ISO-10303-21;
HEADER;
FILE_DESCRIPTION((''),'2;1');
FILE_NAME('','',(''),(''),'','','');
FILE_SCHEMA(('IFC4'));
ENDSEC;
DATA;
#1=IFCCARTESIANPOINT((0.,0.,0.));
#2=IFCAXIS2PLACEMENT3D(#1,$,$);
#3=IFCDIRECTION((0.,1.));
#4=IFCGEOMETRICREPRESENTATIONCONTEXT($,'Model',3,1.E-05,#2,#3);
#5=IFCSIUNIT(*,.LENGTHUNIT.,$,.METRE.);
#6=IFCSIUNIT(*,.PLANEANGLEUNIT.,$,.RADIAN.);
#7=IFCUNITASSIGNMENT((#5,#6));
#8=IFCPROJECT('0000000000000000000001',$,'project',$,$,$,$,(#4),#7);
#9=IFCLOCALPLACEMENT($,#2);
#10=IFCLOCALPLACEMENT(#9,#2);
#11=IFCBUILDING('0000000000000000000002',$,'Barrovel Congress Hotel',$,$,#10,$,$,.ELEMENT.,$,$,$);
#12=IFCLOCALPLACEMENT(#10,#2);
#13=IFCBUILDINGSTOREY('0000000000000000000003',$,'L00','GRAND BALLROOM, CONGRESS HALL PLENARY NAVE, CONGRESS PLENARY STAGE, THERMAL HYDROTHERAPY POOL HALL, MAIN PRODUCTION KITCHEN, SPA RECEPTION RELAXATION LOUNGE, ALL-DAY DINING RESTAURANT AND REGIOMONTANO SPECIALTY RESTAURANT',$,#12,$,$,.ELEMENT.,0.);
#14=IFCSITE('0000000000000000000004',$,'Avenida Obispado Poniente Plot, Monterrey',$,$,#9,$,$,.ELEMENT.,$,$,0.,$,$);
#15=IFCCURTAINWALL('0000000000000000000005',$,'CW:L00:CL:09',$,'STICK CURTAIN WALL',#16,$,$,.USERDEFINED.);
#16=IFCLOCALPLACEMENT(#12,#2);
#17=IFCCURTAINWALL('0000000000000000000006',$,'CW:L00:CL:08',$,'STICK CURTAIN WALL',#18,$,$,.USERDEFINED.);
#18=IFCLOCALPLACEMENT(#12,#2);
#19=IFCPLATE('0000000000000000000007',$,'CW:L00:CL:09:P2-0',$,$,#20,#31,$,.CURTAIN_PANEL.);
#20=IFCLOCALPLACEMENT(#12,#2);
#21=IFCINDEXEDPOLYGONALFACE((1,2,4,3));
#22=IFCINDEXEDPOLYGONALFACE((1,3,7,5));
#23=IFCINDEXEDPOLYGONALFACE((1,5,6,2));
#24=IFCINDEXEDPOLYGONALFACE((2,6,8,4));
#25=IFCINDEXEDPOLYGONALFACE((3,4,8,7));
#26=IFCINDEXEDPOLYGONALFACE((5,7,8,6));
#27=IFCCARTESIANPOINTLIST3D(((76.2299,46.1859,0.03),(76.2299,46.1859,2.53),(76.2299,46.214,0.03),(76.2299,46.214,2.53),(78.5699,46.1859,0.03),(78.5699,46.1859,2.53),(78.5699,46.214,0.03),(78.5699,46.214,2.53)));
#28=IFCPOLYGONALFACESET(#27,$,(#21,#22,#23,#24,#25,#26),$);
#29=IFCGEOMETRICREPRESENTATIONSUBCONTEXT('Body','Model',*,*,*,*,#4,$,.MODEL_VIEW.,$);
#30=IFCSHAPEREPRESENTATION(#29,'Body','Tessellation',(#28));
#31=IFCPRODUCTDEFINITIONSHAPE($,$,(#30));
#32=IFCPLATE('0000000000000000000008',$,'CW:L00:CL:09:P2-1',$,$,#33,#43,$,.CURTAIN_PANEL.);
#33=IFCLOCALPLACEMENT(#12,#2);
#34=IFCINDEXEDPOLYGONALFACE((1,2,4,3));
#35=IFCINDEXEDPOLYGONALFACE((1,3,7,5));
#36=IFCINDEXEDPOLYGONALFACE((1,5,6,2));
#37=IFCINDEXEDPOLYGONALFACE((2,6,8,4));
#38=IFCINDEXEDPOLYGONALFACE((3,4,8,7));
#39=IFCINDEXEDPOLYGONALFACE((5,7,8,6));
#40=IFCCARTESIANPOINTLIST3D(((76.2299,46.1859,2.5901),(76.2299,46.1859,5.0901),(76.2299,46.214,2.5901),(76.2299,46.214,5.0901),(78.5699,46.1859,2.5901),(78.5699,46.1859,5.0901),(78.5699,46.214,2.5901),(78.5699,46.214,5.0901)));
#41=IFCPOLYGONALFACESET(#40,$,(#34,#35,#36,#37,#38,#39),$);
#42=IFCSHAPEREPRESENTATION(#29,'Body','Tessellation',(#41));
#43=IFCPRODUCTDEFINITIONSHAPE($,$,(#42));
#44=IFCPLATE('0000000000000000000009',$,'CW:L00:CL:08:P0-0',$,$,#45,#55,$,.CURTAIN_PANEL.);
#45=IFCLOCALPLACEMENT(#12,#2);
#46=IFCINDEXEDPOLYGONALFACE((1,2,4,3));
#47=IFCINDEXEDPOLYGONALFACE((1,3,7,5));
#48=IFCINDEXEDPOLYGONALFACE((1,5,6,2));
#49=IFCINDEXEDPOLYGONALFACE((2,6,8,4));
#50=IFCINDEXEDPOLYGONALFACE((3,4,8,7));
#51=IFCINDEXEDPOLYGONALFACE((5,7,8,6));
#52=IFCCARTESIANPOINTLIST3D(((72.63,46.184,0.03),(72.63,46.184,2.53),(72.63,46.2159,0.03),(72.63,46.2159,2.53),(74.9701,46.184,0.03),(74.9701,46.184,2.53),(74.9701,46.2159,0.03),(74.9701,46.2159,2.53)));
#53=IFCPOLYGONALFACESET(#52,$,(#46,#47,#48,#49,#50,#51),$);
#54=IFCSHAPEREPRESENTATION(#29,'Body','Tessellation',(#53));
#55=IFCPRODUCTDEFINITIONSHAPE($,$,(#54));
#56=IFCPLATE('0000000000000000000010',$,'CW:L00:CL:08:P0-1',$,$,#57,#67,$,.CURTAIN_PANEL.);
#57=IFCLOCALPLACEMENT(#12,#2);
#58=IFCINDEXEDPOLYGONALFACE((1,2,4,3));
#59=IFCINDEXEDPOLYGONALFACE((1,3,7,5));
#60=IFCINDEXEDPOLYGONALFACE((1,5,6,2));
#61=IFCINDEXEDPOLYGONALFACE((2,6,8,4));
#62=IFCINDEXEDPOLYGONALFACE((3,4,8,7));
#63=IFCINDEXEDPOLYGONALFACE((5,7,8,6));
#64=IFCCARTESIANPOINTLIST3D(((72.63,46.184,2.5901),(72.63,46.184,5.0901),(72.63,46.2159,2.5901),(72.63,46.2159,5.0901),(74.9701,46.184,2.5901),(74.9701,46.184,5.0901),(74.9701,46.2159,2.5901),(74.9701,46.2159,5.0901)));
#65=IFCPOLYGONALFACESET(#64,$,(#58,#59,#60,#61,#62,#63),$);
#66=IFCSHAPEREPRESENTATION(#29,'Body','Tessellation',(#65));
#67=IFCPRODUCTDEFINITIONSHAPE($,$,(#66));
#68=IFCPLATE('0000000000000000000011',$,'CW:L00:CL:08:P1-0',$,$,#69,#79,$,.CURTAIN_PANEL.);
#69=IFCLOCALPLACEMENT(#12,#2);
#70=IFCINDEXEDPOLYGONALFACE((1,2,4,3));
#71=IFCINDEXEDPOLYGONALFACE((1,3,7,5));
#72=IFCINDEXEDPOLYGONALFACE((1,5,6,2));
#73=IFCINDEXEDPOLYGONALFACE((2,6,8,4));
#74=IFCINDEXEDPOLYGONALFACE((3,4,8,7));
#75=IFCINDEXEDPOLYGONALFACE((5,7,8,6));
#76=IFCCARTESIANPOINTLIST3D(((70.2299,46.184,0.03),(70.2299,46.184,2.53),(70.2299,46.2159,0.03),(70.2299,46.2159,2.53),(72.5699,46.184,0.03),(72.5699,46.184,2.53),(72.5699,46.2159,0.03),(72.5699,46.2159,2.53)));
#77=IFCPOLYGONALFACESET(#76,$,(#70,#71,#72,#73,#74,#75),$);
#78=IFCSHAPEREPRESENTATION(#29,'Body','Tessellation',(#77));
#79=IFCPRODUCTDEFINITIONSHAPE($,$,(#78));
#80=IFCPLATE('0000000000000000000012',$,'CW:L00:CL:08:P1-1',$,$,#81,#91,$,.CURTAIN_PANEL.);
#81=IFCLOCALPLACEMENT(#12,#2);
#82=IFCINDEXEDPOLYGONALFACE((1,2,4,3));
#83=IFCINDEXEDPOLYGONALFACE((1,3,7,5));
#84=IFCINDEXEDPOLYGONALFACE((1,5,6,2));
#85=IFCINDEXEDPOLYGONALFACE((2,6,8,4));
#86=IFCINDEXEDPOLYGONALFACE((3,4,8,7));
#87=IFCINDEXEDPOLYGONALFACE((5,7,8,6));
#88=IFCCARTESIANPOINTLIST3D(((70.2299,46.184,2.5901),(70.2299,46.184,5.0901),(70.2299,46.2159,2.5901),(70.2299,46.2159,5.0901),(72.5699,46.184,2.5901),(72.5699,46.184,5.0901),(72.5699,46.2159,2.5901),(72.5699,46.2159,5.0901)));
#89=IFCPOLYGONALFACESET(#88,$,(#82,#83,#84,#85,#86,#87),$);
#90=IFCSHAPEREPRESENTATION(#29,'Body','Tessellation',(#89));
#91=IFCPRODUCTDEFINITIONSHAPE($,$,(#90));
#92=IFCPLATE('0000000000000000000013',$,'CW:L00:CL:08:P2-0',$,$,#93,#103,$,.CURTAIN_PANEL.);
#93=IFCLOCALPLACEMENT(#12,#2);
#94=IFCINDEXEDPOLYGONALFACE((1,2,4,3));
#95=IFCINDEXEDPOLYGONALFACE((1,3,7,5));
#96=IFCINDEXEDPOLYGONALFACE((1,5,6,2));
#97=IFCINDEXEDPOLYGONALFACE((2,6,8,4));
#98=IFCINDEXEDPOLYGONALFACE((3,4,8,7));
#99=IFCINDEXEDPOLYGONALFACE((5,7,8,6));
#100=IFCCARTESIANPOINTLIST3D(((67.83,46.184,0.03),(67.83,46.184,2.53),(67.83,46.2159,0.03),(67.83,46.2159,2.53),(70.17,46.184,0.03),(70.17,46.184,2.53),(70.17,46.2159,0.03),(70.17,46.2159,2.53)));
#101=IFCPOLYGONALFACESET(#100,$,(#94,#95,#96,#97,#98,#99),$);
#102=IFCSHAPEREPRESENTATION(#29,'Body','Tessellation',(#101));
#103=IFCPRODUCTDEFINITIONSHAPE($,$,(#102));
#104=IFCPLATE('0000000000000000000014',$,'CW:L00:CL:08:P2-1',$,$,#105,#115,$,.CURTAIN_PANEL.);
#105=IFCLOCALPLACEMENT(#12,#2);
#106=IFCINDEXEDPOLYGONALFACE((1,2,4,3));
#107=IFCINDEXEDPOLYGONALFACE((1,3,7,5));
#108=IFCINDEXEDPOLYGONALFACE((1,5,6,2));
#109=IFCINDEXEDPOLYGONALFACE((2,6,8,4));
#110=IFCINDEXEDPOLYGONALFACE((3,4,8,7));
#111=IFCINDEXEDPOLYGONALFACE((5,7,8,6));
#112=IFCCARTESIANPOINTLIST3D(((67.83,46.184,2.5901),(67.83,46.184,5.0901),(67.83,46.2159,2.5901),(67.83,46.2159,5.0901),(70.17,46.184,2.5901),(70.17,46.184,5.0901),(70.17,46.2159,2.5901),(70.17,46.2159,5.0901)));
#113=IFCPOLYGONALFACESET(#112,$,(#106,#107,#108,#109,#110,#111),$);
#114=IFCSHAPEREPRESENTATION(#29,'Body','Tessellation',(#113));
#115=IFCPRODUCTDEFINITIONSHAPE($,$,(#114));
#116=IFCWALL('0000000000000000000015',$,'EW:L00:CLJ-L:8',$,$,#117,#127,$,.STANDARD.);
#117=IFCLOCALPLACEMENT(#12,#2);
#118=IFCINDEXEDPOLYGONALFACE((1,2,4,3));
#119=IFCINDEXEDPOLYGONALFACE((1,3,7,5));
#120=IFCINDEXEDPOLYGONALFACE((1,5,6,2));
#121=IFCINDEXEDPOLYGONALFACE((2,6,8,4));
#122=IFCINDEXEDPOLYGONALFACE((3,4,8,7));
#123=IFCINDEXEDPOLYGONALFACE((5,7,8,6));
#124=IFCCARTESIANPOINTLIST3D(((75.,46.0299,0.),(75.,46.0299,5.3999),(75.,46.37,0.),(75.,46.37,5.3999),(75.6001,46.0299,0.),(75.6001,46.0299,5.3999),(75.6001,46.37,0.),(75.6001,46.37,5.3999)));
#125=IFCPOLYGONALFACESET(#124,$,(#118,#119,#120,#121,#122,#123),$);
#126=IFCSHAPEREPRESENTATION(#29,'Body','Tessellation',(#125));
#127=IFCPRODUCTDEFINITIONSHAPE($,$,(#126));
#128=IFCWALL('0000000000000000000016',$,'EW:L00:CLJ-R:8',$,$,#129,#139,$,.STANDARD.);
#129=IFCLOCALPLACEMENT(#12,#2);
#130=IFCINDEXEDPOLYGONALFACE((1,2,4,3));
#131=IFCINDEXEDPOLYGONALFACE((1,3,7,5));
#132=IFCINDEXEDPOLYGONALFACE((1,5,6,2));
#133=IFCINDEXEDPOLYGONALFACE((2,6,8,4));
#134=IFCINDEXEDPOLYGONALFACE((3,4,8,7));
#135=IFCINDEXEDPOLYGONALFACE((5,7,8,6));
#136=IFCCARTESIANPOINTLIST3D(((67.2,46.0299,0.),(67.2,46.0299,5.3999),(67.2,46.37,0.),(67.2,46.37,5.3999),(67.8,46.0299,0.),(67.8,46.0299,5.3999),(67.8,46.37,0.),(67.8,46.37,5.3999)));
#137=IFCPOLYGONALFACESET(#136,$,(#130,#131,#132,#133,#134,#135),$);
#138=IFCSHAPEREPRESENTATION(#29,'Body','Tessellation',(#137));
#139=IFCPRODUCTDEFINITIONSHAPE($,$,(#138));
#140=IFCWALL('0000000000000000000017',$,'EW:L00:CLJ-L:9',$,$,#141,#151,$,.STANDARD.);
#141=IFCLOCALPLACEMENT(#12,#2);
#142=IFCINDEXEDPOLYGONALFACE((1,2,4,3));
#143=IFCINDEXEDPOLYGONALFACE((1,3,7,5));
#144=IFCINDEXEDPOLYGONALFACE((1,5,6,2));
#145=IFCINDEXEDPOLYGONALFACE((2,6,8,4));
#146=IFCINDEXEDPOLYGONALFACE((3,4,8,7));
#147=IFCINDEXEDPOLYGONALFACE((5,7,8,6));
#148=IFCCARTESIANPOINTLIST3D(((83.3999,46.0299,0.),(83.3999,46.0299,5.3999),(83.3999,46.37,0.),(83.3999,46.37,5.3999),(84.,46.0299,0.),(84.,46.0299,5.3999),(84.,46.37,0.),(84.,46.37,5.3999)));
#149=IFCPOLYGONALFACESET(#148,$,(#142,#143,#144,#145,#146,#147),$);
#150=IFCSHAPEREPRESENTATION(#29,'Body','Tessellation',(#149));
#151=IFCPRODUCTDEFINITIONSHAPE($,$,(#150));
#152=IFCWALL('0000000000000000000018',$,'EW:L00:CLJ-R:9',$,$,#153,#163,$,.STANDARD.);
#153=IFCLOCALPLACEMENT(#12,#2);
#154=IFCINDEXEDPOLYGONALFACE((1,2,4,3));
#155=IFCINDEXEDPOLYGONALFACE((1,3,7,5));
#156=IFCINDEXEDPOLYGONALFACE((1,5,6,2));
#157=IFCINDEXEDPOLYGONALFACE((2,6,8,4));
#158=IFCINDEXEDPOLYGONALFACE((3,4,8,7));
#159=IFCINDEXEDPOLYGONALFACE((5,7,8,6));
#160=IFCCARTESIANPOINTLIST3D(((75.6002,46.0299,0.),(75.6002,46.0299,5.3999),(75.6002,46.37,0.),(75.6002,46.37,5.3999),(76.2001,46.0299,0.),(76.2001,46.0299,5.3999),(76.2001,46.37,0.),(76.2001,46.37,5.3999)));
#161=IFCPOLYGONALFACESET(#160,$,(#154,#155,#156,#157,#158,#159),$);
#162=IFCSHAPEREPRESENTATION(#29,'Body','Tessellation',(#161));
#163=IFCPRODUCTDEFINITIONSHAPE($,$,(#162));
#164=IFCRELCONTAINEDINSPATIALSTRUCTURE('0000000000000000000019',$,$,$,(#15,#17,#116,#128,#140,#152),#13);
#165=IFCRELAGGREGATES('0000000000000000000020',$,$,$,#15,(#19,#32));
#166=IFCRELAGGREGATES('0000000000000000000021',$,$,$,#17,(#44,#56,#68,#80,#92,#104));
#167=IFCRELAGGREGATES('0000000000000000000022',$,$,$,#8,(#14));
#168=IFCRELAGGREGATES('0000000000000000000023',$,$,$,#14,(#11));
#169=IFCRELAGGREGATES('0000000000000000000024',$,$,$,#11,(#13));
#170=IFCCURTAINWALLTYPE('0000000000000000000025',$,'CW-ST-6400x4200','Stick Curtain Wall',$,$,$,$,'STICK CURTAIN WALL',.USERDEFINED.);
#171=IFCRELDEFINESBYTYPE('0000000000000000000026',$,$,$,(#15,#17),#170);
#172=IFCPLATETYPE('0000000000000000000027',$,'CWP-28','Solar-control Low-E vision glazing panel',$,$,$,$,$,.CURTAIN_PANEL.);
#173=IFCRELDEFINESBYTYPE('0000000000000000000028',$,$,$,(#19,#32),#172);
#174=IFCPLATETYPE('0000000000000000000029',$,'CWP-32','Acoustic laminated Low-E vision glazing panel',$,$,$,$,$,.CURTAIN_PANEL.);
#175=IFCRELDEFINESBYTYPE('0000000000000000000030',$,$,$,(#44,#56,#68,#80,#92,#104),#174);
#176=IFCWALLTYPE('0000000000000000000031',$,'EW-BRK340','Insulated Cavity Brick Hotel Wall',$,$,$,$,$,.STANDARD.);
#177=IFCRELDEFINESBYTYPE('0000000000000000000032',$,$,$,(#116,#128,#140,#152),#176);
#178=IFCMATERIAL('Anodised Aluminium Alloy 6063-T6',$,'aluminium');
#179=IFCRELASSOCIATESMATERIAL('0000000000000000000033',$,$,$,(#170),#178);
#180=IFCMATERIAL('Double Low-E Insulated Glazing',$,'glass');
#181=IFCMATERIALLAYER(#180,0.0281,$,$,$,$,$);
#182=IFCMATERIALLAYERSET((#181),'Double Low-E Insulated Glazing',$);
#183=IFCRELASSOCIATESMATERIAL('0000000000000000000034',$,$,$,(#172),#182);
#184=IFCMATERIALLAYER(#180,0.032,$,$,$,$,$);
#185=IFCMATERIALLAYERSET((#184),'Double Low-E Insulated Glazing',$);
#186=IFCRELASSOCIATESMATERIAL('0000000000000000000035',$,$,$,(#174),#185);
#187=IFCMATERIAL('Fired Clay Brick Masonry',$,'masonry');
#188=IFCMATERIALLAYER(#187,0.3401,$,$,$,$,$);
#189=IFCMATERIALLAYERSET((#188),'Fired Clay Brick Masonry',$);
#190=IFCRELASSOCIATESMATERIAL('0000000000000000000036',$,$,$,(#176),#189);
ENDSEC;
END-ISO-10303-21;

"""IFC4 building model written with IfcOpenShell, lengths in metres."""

from ifc_helpers import new_model, si_unit, direction, frame, frame_2d, origin, origin_2d, place, context, subcontext, project, spatial, rectangle, extrude, material, layer, layer_set, type_object, element, aggregate, save


model = new_model("IFC4")

# Units and contexts
model_context = context("Model", 3, precision=1e-05, world=origin(), true_north=direction((0.0, 1.0)))
body_context = subcontext(model_context, "Body", "Model", "MODEL_VIEW")
ifc_project = project(units=[si_unit("LENGTHUNIT", "METRE"), si_unit("PLANEANGLEUNIT", "RADIAN")], contexts=[model_context])

# Site, building, storey
site_placement = place(None, origin())
site = spatial("IfcSite", under=ifc_project, at=site_placement, Name="Avenida Obispado Poniente Plot, Monterrey", CompositionType="ELEMENT", RefElevation=0.0)
building_placement = place(site_placement, origin())
building = spatial("IfcBuilding", under=site, at=building_placement, Name="Barrovel Congress Hotel", CompositionType="ELEMENT")
storey_placement = place(building_placement, origin())
storey = spatial("IfcBuildingStorey", under=building, at=storey_placement, Name="L00", Description="GRAND BALLROOM, CONGRESS HALL PLENARY NAVE, CONGRESS PLENARY STAGE, THERMAL HYDROTHERAPY POOL HALL, MAIN PRODUCTION KITCHEN, SPA RECEPTION RELAXATION LOUNGE, ALL-DAY DINING RESTAURANT AND REGIOMONTANO SPECIALTY RESTAURANT", CompositionType="ELEMENT", Elevation=0.0)

# Curtain walls
ifc_material_1 = material(Name="Anodised Aluminium Alloy 6063-T6", Category="aluminium")
curtain_wall_type = type_object("IfcCurtainWallType", Name="CW-ST-6400x4200", Description="Stick Curtain Wall", ElementType="STICK CURTAIN WALL", PredefinedType="USERDEFINED", material=ifc_material_1)
curtain_wall_1_placement = place(storey_placement, origin())
curtain_wall_1 = element("IfcCurtainWall", 1, at=curtain_wall_1_placement, inside=storey, type_object=curtain_wall_type, Name="CW:L00:CL:09", ObjectType="STICK CURTAIN WALL", PredefinedType="USERDEFINED")
curtain_wall_2_placement = place(storey_placement, origin())
curtain_wall_2 = element("IfcCurtainWall", 2, at=curtain_wall_2_placement, inside=storey, type_object=curtain_wall_type, Name="CW:L00:CL:08", ObjectType="STICK CURTAIN WALL", PredefinedType="USERDEFINED")

# Plates
ifc_material_2 = material(Name="Double Low-E Insulated Glazing", Category="glass")
ifc_layer_1 = layer(ifc_material_2, 0.0281)
ifc_layer_set_1 = layer_set([ifc_layer_1], Name="Double Low-E Insulated Glazing")
plate_type_1 = type_object("IfcPlateType", Name="CWP-28", Description="Solar-control Low-E vision glazing panel", PredefinedType="CURTAIN_PANEL", material=ifc_layer_set_1)
plate_1_placement = place(storey_placement, frame((77.3999, 46.2, 0.03), z_axis=(0.0, 0.0, 1.0), x_axis=(-1.0, 0.0, 0.0)))
plate_1 = element("IfcPlate", 3, at=plate_1_placement, type_object=plate_type_1, Name="CW:L00:CL:09:P2-0", PredefinedType="CURTAIN_PANEL", context=body_context, shape_type="SweptSolid", body=[
    extrude(rectangle(XDim=2.3401, YDim=0.0281, at=origin_2d()), origin(), (0.0, 0.0, 1.0), 2.5),
])
plate_2_placement = place(storey_placement, frame((77.3999, 46.2, 2.5901), z_axis=(0.0, 0.0, 1.0), x_axis=(-1.0, 0.0, 0.0)))
plate_2 = element("IfcPlate", 4, at=plate_2_placement, type_object=plate_type_1, Name="CW:L00:CL:09:P2-1", PredefinedType="CURTAIN_PANEL", context=body_context, shape_type="SweptSolid", body=[
    extrude(rectangle(XDim=2.3401, YDim=0.0281, at=origin_2d()), origin(), (0.0, 0.0, 1.0), 2.5),
])
aggregate(curtain_wall_1, [plate_1, plate_2])
ifc_layer_2 = layer(ifc_material_2, 0.032)
ifc_layer_set_2 = layer_set([ifc_layer_2], Name="Double Low-E Insulated Glazing")
plate_type_2 = type_object("IfcPlateType", Name="CWP-32", Description="Acoustic laminated Low-E vision glazing panel", PredefinedType="CURTAIN_PANEL", material=ifc_layer_set_2)
plate_3_placement = place(storey_placement, frame((73.8, 46.2, 0.03), z_axis=(0.0, 0.0, 1.0), x_axis=(-1.0, 0.0, 0.0)))
plate_3 = element("IfcPlate", 5, at=plate_3_placement, type_object=plate_type_2, Name="CW:L00:CL:08:P0-0", PredefinedType="CURTAIN_PANEL", context=body_context, shape_type="SweptSolid", body=[
    extrude(rectangle(XDim=2.3401, YDim=0.032, at=origin_2d()), origin(), (0.0, 0.0, 1.0), 2.5),
])
plate_4_placement = place(storey_placement, frame((73.8, 46.2, 2.5901), z_axis=(0.0, 0.0, 1.0), x_axis=(-1.0, 0.0, 0.0)))
plate_4 = element("IfcPlate", 6, at=plate_4_placement, type_object=plate_type_2, Name="CW:L00:CL:08:P0-1", PredefinedType="CURTAIN_PANEL", context=body_context, shape_type="SweptSolid", body=[
    extrude(rectangle(XDim=2.3401, YDim=0.032, at=origin_2d()), origin(), (0.0, 0.0, 1.0), 2.5),
])
plate_5_placement = place(storey_placement, frame((71.3999, 46.2, 0.03), z_axis=(0.0, 0.0, 1.0), x_axis=(-1.0, 0.0, 0.0)))
plate_5 = element("IfcPlate", 7, at=plate_5_placement, type_object=plate_type_2, Name="CW:L00:CL:08:P1-0", PredefinedType="CURTAIN_PANEL", context=body_context, shape_type="SweptSolid", body=[
    extrude(rectangle(XDim=2.3401, YDim=0.032, at=origin_2d()), origin(), (0.0, 0.0, 1.0), 2.5),
])
plate_6_placement = place(storey_placement, frame((71.3999, 46.2, 2.5901), z_axis=(0.0, 0.0, 1.0), x_axis=(-1.0, 0.0, 0.0)))
plate_6 = element("IfcPlate", 8, at=plate_6_placement, type_object=plate_type_2, Name="CW:L00:CL:08:P1-1", PredefinedType="CURTAIN_PANEL", context=body_context, shape_type="SweptSolid", body=[
    extrude(rectangle(XDim=2.3401, YDim=0.032, at=origin_2d()), origin(), (0.0, 0.0, 1.0), 2.5),
])
plate_7_placement = place(storey_placement, frame((69.0, 46.2, 0.03), z_axis=(0.0, 0.0, 1.0), x_axis=(-1.0, 0.0, 0.0)))
plate_7 = element("IfcPlate", 9, at=plate_7_placement, type_object=plate_type_2, Name="CW:L00:CL:08:P2-0", PredefinedType="CURTAIN_PANEL", context=body_context, shape_type="SweptSolid", body=[
    extrude(rectangle(XDim=2.3401, YDim=0.032, at=origin_2d()), origin(), (0.0, 0.0, 1.0), 2.5),
])
plate_8_placement = place(storey_placement, frame((69.0, 46.2, 2.5901), z_axis=(0.0, 0.0, 1.0), x_axis=(-1.0, 0.0, 0.0)))
plate_8 = element("IfcPlate", 10, at=plate_8_placement, type_object=plate_type_2, Name="CW:L00:CL:08:P2-1", PredefinedType="CURTAIN_PANEL", context=body_context, shape_type="SweptSolid", body=[
    extrude(rectangle(XDim=2.3401, YDim=0.032, at=origin_2d()), origin(), (0.0, 0.0, 1.0), 2.5),
])
aggregate(curtain_wall_2, [plate_3, plate_4, plate_5, plate_6, plate_7, plate_8])

# Walls
ifc_material_3 = material(Name="Fired Clay Brick Masonry", Category="masonry")
ifc_layer_3 = layer(ifc_material_3, 0.3401)
ifc_layer_set_3 = layer_set([ifc_layer_3], Name="Fired Clay Brick Masonry")
wall_type = type_object("IfcWallType", Name="EW-BRK340", Description="Insulated Cavity Brick Hotel Wall", PredefinedType="STANDARD", material=ifc_layer_set_3)
for number, where, z_axis, x_axis, name in (
    (11, (75.6001, 46.2, 0.0), (0.0, 0.0, 1.0), (-1.0, 0.0, 0.0), "EW:L00:CLJ-L:8"),
    (12, (67.8, 46.2, 0.0), (0.0, 0.0, 1.0), (-1.0, 0.0, 0.0), "EW:L00:CLJ-R:8"),
    (13, (84.0, 46.2, 0.0), (0.0, 0.0, 1.0), (-1.0, 0.0, 0.0), "EW:L00:CLJ-L:9"),
):
    element("IfcWall", number, at=place(storey_placement, frame(where, z_axis=z_axis, x_axis=x_axis)), inside=storey, type_object=wall_type, Name=name, PredefinedType="STANDARD", context=body_context, shape_type="SweptSolid", body=[
        extrude(rectangle(XDim=0.6001, YDim=0.3401, at=frame_2d((0.3, 0.0))), origin(), (0.0, 0.0, 1.0), 5.3999),
    ])
wall_placement = place(storey_placement, frame((76.2, 46.2, 0.0), z_axis=(0.0, 0.0, 1.0), x_axis=(-1.0, 0.0, 0.0)))
element("IfcWall", 14, at=wall_placement, inside=storey, type_object=wall_type, Name="EW:L00:CLJ-R:9", PredefinedType="STANDARD", context=body_context, shape_type="SweptSolid", body=[
    extrude(rectangle(XDim=0.5999, YDim=0.3401, at=frame_2d((0.2998, 0.0))), origin(), (0.0, 0.0, 1.0), 5.3999),
])

save(model, "model.ifc")
